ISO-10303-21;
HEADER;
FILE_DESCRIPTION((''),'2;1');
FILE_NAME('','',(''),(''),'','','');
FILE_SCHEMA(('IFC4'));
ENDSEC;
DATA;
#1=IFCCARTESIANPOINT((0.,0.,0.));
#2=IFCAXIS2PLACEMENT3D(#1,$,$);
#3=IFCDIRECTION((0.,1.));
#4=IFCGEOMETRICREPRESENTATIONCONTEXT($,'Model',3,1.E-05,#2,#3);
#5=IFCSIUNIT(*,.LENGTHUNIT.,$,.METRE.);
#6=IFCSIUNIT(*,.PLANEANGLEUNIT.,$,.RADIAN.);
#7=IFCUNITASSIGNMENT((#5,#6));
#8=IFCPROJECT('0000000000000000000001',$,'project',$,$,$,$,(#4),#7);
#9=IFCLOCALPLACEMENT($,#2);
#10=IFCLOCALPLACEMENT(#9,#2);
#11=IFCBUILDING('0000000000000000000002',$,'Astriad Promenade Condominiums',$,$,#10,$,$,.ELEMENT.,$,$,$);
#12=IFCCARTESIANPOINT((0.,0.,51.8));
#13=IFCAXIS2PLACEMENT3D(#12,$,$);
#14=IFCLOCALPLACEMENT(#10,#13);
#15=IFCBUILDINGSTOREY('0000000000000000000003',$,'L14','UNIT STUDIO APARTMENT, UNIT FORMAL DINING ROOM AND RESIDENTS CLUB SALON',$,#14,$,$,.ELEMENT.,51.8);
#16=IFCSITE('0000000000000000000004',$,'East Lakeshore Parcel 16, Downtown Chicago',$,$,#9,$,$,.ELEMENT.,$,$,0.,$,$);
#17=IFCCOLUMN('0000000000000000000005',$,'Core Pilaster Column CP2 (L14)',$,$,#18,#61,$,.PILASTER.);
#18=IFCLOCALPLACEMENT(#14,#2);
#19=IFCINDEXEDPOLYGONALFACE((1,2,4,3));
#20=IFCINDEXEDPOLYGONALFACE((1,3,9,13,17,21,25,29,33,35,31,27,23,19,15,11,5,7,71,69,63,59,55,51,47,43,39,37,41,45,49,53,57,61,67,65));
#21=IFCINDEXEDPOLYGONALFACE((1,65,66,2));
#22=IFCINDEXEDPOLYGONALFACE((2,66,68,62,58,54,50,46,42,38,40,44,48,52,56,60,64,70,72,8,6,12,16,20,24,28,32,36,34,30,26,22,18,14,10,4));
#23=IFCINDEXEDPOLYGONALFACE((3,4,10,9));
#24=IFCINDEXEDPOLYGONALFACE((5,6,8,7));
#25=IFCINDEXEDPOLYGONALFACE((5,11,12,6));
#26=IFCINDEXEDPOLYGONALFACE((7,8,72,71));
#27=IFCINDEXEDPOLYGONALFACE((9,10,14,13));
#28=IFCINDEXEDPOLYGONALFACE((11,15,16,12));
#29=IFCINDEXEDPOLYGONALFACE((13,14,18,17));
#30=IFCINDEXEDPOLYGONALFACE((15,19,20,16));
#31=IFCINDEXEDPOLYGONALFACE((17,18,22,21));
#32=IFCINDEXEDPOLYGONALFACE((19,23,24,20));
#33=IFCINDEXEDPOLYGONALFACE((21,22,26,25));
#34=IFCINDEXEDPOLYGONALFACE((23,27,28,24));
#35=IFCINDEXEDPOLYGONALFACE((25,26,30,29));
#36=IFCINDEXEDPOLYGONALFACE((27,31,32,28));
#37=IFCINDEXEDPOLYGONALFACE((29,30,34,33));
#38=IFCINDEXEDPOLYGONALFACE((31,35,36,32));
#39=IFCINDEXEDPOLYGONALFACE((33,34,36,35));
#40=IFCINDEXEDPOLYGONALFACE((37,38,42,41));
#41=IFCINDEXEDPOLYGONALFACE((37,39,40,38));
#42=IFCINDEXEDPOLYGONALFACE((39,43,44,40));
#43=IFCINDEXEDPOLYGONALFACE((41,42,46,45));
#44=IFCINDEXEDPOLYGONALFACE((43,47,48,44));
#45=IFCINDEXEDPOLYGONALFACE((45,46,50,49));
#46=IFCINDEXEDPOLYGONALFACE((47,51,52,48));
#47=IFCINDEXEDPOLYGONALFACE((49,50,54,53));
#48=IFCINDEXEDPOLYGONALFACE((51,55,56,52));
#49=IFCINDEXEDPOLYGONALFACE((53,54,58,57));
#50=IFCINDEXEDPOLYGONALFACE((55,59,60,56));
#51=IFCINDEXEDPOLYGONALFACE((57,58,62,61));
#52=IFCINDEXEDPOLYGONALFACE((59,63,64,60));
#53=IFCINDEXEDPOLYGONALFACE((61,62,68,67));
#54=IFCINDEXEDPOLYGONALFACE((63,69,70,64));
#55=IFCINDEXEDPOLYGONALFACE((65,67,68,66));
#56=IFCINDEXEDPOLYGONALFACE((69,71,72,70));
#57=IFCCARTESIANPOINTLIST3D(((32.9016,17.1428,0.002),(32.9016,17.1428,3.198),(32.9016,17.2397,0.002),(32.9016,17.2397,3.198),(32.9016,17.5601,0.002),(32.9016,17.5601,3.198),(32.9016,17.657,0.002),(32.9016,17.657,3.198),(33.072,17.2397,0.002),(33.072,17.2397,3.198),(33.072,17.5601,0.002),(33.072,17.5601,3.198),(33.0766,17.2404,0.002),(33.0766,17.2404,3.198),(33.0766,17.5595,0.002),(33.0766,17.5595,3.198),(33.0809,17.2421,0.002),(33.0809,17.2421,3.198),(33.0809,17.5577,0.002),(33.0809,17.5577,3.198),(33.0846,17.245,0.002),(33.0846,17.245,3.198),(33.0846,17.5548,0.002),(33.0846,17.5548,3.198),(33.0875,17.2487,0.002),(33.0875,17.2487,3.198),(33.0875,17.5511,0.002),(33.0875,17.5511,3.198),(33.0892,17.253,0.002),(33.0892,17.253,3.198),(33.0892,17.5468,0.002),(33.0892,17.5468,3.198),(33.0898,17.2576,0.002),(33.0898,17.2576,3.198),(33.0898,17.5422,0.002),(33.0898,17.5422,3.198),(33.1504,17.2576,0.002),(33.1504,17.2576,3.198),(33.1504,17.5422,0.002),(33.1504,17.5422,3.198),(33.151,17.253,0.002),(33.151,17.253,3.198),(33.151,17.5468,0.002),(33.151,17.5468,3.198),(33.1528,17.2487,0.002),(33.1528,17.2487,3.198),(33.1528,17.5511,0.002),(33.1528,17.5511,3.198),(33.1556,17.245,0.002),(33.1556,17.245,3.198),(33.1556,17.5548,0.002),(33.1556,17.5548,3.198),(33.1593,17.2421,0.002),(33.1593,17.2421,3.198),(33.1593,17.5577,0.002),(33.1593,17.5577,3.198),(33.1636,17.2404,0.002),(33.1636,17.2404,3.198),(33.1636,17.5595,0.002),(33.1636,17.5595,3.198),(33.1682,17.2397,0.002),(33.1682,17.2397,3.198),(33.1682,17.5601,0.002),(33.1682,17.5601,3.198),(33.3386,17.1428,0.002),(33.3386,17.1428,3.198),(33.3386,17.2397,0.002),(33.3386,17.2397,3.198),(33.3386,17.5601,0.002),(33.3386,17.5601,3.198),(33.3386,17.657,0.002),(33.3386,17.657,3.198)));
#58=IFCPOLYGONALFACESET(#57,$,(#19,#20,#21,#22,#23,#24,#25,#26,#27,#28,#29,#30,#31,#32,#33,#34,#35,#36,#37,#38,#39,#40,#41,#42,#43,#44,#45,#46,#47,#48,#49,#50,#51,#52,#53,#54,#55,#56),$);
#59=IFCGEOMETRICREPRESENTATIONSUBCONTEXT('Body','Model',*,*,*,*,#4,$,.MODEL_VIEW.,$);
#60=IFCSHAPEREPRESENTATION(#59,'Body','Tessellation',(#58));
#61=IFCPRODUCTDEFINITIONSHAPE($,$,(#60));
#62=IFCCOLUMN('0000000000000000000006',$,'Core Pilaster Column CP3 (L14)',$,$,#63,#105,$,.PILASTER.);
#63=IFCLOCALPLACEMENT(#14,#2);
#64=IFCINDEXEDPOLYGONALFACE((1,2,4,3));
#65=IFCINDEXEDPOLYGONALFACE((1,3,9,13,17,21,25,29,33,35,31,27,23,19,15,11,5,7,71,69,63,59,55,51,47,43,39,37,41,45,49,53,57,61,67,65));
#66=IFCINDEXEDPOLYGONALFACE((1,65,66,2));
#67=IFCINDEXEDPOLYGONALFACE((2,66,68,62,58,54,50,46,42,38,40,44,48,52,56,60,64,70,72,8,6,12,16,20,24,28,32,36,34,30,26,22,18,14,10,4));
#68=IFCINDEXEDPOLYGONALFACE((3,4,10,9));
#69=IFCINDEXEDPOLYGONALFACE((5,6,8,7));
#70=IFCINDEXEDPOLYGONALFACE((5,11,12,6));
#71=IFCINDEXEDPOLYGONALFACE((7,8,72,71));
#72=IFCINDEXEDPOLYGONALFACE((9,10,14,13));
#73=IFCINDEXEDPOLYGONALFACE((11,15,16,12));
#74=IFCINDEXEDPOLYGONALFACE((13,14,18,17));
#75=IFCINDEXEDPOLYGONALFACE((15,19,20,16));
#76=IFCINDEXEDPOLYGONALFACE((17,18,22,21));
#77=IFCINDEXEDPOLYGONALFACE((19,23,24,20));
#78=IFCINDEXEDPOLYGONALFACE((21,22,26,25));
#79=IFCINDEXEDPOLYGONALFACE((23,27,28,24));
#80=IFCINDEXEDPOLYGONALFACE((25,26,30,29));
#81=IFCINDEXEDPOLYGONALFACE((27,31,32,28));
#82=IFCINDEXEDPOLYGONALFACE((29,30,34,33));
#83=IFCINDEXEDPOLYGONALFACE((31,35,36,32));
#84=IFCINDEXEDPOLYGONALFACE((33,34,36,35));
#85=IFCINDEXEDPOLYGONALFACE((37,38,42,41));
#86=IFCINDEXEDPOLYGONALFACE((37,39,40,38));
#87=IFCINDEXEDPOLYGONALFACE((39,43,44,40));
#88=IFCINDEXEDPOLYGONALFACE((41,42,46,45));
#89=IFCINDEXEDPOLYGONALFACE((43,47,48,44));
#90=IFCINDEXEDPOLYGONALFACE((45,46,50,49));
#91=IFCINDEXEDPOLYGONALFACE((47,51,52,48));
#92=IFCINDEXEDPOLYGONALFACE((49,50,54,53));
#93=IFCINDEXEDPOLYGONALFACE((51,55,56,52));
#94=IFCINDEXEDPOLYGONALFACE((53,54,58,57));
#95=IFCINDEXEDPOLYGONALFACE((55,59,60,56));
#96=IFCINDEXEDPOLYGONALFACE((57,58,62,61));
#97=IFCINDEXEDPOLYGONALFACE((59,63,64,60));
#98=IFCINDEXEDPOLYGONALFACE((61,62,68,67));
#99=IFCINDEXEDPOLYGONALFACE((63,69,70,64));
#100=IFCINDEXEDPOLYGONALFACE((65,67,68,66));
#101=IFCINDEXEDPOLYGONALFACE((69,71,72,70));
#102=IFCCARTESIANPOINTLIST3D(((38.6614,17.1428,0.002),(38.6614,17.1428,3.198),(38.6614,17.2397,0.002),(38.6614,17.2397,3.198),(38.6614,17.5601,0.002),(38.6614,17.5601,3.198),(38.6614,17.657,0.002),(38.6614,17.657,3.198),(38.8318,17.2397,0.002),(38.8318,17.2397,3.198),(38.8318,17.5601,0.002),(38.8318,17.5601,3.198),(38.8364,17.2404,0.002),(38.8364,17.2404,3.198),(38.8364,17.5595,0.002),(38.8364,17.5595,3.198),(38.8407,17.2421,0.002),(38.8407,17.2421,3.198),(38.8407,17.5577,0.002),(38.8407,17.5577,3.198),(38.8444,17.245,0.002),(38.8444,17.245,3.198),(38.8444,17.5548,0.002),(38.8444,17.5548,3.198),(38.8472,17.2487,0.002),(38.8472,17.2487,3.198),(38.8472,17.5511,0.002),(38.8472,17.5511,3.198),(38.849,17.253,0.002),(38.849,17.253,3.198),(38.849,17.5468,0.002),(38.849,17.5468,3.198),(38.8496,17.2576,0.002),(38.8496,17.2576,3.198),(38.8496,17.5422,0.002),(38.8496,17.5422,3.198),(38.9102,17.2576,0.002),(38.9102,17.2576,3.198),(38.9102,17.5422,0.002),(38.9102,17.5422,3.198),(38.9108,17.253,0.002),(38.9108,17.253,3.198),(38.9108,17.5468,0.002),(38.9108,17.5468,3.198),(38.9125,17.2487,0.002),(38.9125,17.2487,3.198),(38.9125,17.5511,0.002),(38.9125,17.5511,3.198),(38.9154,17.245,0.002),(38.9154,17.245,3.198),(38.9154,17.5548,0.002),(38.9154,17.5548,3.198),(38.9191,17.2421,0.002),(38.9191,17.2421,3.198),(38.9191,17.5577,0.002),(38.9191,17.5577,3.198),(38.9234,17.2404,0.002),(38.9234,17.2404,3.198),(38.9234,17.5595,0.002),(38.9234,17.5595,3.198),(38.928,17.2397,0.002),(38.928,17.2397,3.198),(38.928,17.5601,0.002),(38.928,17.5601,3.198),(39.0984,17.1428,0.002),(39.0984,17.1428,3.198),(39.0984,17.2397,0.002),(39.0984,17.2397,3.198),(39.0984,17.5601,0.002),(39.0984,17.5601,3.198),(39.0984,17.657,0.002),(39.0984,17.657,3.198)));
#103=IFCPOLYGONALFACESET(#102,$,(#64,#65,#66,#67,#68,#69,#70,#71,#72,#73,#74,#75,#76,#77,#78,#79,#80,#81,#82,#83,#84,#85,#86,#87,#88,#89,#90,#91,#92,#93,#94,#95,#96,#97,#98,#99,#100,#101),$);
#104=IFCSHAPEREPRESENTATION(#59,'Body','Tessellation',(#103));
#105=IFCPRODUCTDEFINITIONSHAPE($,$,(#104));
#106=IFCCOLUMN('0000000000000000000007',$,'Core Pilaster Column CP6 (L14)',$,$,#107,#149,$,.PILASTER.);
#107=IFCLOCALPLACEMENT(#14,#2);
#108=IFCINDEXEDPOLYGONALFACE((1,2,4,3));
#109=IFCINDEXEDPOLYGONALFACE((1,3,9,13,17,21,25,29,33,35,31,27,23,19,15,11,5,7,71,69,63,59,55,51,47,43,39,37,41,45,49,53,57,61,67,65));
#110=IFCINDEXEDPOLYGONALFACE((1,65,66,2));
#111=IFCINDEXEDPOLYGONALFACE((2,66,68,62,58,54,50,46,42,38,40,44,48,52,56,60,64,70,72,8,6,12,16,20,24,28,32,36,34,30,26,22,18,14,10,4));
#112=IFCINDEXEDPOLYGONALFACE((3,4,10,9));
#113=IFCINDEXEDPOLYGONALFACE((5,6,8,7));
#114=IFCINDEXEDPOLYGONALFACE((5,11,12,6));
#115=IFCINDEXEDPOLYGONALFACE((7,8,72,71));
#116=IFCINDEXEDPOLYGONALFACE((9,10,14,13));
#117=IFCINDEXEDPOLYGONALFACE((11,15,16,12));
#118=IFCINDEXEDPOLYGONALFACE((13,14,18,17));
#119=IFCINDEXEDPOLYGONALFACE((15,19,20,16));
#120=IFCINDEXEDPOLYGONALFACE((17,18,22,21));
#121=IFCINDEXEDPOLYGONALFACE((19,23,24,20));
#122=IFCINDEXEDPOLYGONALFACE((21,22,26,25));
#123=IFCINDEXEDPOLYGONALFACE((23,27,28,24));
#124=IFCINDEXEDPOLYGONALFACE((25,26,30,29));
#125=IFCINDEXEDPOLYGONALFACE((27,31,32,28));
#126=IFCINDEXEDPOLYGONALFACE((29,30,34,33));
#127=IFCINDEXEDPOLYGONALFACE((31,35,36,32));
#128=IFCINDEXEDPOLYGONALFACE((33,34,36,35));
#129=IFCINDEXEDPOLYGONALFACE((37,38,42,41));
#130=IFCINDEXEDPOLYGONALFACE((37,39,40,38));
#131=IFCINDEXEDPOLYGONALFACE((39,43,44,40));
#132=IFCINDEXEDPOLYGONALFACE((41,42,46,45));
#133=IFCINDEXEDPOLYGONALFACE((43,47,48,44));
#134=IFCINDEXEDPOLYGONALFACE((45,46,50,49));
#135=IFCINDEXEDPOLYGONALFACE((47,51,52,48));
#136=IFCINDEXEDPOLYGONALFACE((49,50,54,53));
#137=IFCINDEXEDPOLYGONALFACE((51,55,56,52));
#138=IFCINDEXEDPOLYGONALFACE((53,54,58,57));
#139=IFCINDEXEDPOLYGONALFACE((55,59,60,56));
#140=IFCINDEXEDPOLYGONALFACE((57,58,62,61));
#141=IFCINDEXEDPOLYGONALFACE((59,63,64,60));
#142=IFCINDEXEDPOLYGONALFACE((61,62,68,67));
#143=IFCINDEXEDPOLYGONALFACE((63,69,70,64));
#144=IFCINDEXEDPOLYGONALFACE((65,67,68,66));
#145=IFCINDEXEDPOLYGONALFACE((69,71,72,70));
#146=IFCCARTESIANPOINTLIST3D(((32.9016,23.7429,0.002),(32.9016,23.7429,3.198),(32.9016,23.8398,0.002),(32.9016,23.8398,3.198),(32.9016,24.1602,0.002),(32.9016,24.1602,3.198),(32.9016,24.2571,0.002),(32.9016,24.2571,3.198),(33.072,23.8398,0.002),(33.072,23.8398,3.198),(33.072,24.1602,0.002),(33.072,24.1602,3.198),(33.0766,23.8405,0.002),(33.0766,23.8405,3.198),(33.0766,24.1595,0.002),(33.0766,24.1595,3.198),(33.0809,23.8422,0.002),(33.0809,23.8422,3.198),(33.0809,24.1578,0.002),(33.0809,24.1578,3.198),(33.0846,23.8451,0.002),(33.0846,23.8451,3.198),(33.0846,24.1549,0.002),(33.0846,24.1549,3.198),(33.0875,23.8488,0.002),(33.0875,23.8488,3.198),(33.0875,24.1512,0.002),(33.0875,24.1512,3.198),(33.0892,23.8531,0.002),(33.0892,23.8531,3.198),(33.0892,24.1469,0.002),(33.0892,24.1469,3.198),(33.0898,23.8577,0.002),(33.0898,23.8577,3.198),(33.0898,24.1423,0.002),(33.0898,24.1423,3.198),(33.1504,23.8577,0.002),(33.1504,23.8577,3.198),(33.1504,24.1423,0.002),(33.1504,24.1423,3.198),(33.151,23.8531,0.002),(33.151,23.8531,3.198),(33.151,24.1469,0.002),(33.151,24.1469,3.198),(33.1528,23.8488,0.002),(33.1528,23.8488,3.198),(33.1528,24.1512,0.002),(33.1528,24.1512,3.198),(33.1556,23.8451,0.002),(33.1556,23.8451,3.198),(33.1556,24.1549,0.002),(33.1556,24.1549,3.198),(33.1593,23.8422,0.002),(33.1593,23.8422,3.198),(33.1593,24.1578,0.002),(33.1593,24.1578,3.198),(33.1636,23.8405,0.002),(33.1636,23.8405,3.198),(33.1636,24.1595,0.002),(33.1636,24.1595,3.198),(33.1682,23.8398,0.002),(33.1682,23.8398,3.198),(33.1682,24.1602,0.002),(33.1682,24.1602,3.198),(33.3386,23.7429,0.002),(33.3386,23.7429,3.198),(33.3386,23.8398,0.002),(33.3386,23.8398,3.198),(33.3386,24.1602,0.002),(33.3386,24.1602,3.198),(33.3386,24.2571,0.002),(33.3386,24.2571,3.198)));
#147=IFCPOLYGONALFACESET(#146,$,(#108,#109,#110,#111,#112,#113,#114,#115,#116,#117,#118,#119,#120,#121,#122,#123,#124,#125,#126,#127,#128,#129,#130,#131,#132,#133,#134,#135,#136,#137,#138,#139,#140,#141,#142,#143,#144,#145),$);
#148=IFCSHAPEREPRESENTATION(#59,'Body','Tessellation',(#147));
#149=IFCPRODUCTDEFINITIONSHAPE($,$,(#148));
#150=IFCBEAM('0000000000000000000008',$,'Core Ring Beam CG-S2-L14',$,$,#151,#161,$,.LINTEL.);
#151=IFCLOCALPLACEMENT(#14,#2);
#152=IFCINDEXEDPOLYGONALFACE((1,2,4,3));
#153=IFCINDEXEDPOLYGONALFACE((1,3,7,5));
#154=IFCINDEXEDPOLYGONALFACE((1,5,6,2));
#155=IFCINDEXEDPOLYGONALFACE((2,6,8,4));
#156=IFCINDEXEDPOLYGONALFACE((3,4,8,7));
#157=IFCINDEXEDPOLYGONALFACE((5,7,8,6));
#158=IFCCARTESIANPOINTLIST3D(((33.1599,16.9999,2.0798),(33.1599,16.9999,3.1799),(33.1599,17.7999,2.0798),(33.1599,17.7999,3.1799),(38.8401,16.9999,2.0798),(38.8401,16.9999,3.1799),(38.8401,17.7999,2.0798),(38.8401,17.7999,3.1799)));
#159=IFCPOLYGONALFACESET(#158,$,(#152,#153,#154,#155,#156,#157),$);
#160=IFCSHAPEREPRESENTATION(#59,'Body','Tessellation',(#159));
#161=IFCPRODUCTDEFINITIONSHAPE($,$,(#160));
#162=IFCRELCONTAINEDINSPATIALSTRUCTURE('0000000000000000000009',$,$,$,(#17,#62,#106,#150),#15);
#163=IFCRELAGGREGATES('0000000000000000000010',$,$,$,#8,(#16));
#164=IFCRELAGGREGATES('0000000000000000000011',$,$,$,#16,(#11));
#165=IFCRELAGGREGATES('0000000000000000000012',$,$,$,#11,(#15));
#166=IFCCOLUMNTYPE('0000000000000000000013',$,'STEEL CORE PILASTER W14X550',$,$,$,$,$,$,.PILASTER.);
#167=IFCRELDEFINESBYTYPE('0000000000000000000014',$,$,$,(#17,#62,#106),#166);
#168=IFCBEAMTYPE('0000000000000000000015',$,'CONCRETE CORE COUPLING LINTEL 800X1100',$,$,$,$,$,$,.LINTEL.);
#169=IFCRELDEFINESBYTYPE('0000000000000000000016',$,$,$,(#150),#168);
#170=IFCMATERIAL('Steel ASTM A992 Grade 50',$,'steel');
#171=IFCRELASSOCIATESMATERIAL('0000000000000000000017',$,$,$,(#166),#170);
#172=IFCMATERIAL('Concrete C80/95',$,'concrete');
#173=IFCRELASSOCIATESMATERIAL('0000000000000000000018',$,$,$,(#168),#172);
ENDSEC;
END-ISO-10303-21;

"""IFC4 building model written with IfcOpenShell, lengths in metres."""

from ifc_helpers import new_model, si_unit, direction, frame, origin, origin_2d, place, context, subcontext, project, spatial, rectangle, i_section, extrude, source, transform, mapped, material, material_profile, profile_set, type_object, type_shapes, element, save


model = new_model("IFC4")

# Units and contexts
model_context = context("Model", 3, precision=1e-05, world=origin(), true_north=direction((0.0, 1.0)))
body_context = subcontext(model_context, "Body", "Model", "MODEL_VIEW")
ifc_project = project(units=[si_unit("LENGTHUNIT", "METRE"), si_unit("PLANEANGLEUNIT", "RADIAN")], contexts=[model_context])

# Site, building, storey
site_placement = place(None, origin())
site = spatial("IfcSite", under=ifc_project, at=site_placement, Name="East Lakeshore Parcel 16, Downtown Chicago", CompositionType="ELEMENT", RefElevation=0.0)
building_placement = place(site_placement, origin())
building = spatial("IfcBuilding", under=site, at=building_placement, Name="Astriad Promenade Condominiums", CompositionType="ELEMENT")
storey_placement = place(building_placement, frame((0.0, 0.0, 51.8)))
storey = spatial("IfcBuildingStorey", under=building, at=storey_placement, Name="L14", Description="UNIT STUDIO APARTMENT, UNIT FORMAL DINING ROOM AND RESIDENTS CLUB SALON", CompositionType="ELEMENT", Elevation=51.8)

# Columns
ifc_material_1 = material(Name="Steel ASTM A992 Grade 50", Category="steel")
ifc_material_profile_1 = material_profile(ifc_material_1, i_section(OverallWidth=0.437, OverallDepth=0.5142, WebThickness=0.0605, FlangeThickness=0.0969, FilletRadius=0.0178, at=origin_2d()), Name="W14X550")
ifc_profile_set_1 = profile_set([ifc_material_profile_1], Name="Steel ASTM A992 Grade 50")
column_type = type_object("IfcColumnType", Name="STEEL CORE PILASTER W14X550", PredefinedType="PILASTER", material=ifc_profile_set_1)
shared_shape_1 = source(origin(), body_context, "Body", "SweptSolid", [
    extrude(i_section(OverallWidth=0.437, OverallDepth=0.5142, WebThickness=0.0605, FlangeThickness=0.0969, FilletRadius=0.0178, at=origin_2d()), origin(), (0.0, 0.0, 1.0), 3.196),
])
type_shapes(column_type, [shared_shape_1])
for number, where, z_axis, x_axis, name in (
    (1, (33.1201, 17.3999, 0.002), (0.0, 0.0, 1.0), (1.0, 0.0, 0.0), "Core Pilaster Column CP2 (L14)"),
    (2, (38.8799, 17.3999, 0.002), (0.0, 0.0, 1.0), (1.0, 0.0, 0.0), "Core Pilaster Column CP3 (L14)"),
    (3, (33.1201, 24.0, 0.002), (0.0, 0.0, 1.0), (1.0, 0.0, 0.0), "Core Pilaster Column CP6 (L14)"),
):
    element("IfcColumn", number, at=place(storey_placement, frame(where, z_axis=z_axis, x_axis=x_axis)), inside=storey, type_object=column_type, Name=name, PredefinedType="PILASTER", context=body_context, shape_type="MappedRepresentation", body=[
        mapped(shared_shape_1, transform((0.0, 0.0, 0.0), scale=1.0)),
    ])

# Beam
ifc_material_2 = material(Name="Concrete C80/95", Category="concrete")
ifc_material_profile_2 = material_profile(ifc_material_2, rectangle(XDim=0.8, YDim=1.1001, at=origin_2d()), Name="RC-BM-800X1100")
ifc_profile_set_2 = profile_set([ifc_material_profile_2], Name="Concrete C80/95")
beam_type_1 = type_object("IfcBeamType", Name="CONCRETE CORE COUPLING LINTEL 800X1100", PredefinedType="LINTEL", material=ifc_profile_set_2)
shared_shape_2 = source(origin(), body_context, "Body", "SweptSolid", [
    extrude(rectangle(XDim=0.8, YDim=1.1001, at=origin_2d()), origin(), (0.0, 0.0, 1.0), 5.6802),
])
type_shapes(beam_type_1, [shared_shape_2])
beam_1_placement = place(storey_placement, frame((33.1599, 17.3999, 2.6299), z_axis=(1.0, 0.0, 0.0), x_axis=(0.0, 1.0, 0.0)))
element("IfcBeam", 4, at=beam_1_placement, inside=storey, type_object=beam_type_1, Name="Core Ring Beam CG-S2-L14", PredefinedType="LINTEL", context=body_context, shape_type="MappedRepresentation", body=[
    mapped(shared_shape_2, transform((0.0, 0.0, 0.0), scale=1.0)),
])

save(model, "model.ifc")
